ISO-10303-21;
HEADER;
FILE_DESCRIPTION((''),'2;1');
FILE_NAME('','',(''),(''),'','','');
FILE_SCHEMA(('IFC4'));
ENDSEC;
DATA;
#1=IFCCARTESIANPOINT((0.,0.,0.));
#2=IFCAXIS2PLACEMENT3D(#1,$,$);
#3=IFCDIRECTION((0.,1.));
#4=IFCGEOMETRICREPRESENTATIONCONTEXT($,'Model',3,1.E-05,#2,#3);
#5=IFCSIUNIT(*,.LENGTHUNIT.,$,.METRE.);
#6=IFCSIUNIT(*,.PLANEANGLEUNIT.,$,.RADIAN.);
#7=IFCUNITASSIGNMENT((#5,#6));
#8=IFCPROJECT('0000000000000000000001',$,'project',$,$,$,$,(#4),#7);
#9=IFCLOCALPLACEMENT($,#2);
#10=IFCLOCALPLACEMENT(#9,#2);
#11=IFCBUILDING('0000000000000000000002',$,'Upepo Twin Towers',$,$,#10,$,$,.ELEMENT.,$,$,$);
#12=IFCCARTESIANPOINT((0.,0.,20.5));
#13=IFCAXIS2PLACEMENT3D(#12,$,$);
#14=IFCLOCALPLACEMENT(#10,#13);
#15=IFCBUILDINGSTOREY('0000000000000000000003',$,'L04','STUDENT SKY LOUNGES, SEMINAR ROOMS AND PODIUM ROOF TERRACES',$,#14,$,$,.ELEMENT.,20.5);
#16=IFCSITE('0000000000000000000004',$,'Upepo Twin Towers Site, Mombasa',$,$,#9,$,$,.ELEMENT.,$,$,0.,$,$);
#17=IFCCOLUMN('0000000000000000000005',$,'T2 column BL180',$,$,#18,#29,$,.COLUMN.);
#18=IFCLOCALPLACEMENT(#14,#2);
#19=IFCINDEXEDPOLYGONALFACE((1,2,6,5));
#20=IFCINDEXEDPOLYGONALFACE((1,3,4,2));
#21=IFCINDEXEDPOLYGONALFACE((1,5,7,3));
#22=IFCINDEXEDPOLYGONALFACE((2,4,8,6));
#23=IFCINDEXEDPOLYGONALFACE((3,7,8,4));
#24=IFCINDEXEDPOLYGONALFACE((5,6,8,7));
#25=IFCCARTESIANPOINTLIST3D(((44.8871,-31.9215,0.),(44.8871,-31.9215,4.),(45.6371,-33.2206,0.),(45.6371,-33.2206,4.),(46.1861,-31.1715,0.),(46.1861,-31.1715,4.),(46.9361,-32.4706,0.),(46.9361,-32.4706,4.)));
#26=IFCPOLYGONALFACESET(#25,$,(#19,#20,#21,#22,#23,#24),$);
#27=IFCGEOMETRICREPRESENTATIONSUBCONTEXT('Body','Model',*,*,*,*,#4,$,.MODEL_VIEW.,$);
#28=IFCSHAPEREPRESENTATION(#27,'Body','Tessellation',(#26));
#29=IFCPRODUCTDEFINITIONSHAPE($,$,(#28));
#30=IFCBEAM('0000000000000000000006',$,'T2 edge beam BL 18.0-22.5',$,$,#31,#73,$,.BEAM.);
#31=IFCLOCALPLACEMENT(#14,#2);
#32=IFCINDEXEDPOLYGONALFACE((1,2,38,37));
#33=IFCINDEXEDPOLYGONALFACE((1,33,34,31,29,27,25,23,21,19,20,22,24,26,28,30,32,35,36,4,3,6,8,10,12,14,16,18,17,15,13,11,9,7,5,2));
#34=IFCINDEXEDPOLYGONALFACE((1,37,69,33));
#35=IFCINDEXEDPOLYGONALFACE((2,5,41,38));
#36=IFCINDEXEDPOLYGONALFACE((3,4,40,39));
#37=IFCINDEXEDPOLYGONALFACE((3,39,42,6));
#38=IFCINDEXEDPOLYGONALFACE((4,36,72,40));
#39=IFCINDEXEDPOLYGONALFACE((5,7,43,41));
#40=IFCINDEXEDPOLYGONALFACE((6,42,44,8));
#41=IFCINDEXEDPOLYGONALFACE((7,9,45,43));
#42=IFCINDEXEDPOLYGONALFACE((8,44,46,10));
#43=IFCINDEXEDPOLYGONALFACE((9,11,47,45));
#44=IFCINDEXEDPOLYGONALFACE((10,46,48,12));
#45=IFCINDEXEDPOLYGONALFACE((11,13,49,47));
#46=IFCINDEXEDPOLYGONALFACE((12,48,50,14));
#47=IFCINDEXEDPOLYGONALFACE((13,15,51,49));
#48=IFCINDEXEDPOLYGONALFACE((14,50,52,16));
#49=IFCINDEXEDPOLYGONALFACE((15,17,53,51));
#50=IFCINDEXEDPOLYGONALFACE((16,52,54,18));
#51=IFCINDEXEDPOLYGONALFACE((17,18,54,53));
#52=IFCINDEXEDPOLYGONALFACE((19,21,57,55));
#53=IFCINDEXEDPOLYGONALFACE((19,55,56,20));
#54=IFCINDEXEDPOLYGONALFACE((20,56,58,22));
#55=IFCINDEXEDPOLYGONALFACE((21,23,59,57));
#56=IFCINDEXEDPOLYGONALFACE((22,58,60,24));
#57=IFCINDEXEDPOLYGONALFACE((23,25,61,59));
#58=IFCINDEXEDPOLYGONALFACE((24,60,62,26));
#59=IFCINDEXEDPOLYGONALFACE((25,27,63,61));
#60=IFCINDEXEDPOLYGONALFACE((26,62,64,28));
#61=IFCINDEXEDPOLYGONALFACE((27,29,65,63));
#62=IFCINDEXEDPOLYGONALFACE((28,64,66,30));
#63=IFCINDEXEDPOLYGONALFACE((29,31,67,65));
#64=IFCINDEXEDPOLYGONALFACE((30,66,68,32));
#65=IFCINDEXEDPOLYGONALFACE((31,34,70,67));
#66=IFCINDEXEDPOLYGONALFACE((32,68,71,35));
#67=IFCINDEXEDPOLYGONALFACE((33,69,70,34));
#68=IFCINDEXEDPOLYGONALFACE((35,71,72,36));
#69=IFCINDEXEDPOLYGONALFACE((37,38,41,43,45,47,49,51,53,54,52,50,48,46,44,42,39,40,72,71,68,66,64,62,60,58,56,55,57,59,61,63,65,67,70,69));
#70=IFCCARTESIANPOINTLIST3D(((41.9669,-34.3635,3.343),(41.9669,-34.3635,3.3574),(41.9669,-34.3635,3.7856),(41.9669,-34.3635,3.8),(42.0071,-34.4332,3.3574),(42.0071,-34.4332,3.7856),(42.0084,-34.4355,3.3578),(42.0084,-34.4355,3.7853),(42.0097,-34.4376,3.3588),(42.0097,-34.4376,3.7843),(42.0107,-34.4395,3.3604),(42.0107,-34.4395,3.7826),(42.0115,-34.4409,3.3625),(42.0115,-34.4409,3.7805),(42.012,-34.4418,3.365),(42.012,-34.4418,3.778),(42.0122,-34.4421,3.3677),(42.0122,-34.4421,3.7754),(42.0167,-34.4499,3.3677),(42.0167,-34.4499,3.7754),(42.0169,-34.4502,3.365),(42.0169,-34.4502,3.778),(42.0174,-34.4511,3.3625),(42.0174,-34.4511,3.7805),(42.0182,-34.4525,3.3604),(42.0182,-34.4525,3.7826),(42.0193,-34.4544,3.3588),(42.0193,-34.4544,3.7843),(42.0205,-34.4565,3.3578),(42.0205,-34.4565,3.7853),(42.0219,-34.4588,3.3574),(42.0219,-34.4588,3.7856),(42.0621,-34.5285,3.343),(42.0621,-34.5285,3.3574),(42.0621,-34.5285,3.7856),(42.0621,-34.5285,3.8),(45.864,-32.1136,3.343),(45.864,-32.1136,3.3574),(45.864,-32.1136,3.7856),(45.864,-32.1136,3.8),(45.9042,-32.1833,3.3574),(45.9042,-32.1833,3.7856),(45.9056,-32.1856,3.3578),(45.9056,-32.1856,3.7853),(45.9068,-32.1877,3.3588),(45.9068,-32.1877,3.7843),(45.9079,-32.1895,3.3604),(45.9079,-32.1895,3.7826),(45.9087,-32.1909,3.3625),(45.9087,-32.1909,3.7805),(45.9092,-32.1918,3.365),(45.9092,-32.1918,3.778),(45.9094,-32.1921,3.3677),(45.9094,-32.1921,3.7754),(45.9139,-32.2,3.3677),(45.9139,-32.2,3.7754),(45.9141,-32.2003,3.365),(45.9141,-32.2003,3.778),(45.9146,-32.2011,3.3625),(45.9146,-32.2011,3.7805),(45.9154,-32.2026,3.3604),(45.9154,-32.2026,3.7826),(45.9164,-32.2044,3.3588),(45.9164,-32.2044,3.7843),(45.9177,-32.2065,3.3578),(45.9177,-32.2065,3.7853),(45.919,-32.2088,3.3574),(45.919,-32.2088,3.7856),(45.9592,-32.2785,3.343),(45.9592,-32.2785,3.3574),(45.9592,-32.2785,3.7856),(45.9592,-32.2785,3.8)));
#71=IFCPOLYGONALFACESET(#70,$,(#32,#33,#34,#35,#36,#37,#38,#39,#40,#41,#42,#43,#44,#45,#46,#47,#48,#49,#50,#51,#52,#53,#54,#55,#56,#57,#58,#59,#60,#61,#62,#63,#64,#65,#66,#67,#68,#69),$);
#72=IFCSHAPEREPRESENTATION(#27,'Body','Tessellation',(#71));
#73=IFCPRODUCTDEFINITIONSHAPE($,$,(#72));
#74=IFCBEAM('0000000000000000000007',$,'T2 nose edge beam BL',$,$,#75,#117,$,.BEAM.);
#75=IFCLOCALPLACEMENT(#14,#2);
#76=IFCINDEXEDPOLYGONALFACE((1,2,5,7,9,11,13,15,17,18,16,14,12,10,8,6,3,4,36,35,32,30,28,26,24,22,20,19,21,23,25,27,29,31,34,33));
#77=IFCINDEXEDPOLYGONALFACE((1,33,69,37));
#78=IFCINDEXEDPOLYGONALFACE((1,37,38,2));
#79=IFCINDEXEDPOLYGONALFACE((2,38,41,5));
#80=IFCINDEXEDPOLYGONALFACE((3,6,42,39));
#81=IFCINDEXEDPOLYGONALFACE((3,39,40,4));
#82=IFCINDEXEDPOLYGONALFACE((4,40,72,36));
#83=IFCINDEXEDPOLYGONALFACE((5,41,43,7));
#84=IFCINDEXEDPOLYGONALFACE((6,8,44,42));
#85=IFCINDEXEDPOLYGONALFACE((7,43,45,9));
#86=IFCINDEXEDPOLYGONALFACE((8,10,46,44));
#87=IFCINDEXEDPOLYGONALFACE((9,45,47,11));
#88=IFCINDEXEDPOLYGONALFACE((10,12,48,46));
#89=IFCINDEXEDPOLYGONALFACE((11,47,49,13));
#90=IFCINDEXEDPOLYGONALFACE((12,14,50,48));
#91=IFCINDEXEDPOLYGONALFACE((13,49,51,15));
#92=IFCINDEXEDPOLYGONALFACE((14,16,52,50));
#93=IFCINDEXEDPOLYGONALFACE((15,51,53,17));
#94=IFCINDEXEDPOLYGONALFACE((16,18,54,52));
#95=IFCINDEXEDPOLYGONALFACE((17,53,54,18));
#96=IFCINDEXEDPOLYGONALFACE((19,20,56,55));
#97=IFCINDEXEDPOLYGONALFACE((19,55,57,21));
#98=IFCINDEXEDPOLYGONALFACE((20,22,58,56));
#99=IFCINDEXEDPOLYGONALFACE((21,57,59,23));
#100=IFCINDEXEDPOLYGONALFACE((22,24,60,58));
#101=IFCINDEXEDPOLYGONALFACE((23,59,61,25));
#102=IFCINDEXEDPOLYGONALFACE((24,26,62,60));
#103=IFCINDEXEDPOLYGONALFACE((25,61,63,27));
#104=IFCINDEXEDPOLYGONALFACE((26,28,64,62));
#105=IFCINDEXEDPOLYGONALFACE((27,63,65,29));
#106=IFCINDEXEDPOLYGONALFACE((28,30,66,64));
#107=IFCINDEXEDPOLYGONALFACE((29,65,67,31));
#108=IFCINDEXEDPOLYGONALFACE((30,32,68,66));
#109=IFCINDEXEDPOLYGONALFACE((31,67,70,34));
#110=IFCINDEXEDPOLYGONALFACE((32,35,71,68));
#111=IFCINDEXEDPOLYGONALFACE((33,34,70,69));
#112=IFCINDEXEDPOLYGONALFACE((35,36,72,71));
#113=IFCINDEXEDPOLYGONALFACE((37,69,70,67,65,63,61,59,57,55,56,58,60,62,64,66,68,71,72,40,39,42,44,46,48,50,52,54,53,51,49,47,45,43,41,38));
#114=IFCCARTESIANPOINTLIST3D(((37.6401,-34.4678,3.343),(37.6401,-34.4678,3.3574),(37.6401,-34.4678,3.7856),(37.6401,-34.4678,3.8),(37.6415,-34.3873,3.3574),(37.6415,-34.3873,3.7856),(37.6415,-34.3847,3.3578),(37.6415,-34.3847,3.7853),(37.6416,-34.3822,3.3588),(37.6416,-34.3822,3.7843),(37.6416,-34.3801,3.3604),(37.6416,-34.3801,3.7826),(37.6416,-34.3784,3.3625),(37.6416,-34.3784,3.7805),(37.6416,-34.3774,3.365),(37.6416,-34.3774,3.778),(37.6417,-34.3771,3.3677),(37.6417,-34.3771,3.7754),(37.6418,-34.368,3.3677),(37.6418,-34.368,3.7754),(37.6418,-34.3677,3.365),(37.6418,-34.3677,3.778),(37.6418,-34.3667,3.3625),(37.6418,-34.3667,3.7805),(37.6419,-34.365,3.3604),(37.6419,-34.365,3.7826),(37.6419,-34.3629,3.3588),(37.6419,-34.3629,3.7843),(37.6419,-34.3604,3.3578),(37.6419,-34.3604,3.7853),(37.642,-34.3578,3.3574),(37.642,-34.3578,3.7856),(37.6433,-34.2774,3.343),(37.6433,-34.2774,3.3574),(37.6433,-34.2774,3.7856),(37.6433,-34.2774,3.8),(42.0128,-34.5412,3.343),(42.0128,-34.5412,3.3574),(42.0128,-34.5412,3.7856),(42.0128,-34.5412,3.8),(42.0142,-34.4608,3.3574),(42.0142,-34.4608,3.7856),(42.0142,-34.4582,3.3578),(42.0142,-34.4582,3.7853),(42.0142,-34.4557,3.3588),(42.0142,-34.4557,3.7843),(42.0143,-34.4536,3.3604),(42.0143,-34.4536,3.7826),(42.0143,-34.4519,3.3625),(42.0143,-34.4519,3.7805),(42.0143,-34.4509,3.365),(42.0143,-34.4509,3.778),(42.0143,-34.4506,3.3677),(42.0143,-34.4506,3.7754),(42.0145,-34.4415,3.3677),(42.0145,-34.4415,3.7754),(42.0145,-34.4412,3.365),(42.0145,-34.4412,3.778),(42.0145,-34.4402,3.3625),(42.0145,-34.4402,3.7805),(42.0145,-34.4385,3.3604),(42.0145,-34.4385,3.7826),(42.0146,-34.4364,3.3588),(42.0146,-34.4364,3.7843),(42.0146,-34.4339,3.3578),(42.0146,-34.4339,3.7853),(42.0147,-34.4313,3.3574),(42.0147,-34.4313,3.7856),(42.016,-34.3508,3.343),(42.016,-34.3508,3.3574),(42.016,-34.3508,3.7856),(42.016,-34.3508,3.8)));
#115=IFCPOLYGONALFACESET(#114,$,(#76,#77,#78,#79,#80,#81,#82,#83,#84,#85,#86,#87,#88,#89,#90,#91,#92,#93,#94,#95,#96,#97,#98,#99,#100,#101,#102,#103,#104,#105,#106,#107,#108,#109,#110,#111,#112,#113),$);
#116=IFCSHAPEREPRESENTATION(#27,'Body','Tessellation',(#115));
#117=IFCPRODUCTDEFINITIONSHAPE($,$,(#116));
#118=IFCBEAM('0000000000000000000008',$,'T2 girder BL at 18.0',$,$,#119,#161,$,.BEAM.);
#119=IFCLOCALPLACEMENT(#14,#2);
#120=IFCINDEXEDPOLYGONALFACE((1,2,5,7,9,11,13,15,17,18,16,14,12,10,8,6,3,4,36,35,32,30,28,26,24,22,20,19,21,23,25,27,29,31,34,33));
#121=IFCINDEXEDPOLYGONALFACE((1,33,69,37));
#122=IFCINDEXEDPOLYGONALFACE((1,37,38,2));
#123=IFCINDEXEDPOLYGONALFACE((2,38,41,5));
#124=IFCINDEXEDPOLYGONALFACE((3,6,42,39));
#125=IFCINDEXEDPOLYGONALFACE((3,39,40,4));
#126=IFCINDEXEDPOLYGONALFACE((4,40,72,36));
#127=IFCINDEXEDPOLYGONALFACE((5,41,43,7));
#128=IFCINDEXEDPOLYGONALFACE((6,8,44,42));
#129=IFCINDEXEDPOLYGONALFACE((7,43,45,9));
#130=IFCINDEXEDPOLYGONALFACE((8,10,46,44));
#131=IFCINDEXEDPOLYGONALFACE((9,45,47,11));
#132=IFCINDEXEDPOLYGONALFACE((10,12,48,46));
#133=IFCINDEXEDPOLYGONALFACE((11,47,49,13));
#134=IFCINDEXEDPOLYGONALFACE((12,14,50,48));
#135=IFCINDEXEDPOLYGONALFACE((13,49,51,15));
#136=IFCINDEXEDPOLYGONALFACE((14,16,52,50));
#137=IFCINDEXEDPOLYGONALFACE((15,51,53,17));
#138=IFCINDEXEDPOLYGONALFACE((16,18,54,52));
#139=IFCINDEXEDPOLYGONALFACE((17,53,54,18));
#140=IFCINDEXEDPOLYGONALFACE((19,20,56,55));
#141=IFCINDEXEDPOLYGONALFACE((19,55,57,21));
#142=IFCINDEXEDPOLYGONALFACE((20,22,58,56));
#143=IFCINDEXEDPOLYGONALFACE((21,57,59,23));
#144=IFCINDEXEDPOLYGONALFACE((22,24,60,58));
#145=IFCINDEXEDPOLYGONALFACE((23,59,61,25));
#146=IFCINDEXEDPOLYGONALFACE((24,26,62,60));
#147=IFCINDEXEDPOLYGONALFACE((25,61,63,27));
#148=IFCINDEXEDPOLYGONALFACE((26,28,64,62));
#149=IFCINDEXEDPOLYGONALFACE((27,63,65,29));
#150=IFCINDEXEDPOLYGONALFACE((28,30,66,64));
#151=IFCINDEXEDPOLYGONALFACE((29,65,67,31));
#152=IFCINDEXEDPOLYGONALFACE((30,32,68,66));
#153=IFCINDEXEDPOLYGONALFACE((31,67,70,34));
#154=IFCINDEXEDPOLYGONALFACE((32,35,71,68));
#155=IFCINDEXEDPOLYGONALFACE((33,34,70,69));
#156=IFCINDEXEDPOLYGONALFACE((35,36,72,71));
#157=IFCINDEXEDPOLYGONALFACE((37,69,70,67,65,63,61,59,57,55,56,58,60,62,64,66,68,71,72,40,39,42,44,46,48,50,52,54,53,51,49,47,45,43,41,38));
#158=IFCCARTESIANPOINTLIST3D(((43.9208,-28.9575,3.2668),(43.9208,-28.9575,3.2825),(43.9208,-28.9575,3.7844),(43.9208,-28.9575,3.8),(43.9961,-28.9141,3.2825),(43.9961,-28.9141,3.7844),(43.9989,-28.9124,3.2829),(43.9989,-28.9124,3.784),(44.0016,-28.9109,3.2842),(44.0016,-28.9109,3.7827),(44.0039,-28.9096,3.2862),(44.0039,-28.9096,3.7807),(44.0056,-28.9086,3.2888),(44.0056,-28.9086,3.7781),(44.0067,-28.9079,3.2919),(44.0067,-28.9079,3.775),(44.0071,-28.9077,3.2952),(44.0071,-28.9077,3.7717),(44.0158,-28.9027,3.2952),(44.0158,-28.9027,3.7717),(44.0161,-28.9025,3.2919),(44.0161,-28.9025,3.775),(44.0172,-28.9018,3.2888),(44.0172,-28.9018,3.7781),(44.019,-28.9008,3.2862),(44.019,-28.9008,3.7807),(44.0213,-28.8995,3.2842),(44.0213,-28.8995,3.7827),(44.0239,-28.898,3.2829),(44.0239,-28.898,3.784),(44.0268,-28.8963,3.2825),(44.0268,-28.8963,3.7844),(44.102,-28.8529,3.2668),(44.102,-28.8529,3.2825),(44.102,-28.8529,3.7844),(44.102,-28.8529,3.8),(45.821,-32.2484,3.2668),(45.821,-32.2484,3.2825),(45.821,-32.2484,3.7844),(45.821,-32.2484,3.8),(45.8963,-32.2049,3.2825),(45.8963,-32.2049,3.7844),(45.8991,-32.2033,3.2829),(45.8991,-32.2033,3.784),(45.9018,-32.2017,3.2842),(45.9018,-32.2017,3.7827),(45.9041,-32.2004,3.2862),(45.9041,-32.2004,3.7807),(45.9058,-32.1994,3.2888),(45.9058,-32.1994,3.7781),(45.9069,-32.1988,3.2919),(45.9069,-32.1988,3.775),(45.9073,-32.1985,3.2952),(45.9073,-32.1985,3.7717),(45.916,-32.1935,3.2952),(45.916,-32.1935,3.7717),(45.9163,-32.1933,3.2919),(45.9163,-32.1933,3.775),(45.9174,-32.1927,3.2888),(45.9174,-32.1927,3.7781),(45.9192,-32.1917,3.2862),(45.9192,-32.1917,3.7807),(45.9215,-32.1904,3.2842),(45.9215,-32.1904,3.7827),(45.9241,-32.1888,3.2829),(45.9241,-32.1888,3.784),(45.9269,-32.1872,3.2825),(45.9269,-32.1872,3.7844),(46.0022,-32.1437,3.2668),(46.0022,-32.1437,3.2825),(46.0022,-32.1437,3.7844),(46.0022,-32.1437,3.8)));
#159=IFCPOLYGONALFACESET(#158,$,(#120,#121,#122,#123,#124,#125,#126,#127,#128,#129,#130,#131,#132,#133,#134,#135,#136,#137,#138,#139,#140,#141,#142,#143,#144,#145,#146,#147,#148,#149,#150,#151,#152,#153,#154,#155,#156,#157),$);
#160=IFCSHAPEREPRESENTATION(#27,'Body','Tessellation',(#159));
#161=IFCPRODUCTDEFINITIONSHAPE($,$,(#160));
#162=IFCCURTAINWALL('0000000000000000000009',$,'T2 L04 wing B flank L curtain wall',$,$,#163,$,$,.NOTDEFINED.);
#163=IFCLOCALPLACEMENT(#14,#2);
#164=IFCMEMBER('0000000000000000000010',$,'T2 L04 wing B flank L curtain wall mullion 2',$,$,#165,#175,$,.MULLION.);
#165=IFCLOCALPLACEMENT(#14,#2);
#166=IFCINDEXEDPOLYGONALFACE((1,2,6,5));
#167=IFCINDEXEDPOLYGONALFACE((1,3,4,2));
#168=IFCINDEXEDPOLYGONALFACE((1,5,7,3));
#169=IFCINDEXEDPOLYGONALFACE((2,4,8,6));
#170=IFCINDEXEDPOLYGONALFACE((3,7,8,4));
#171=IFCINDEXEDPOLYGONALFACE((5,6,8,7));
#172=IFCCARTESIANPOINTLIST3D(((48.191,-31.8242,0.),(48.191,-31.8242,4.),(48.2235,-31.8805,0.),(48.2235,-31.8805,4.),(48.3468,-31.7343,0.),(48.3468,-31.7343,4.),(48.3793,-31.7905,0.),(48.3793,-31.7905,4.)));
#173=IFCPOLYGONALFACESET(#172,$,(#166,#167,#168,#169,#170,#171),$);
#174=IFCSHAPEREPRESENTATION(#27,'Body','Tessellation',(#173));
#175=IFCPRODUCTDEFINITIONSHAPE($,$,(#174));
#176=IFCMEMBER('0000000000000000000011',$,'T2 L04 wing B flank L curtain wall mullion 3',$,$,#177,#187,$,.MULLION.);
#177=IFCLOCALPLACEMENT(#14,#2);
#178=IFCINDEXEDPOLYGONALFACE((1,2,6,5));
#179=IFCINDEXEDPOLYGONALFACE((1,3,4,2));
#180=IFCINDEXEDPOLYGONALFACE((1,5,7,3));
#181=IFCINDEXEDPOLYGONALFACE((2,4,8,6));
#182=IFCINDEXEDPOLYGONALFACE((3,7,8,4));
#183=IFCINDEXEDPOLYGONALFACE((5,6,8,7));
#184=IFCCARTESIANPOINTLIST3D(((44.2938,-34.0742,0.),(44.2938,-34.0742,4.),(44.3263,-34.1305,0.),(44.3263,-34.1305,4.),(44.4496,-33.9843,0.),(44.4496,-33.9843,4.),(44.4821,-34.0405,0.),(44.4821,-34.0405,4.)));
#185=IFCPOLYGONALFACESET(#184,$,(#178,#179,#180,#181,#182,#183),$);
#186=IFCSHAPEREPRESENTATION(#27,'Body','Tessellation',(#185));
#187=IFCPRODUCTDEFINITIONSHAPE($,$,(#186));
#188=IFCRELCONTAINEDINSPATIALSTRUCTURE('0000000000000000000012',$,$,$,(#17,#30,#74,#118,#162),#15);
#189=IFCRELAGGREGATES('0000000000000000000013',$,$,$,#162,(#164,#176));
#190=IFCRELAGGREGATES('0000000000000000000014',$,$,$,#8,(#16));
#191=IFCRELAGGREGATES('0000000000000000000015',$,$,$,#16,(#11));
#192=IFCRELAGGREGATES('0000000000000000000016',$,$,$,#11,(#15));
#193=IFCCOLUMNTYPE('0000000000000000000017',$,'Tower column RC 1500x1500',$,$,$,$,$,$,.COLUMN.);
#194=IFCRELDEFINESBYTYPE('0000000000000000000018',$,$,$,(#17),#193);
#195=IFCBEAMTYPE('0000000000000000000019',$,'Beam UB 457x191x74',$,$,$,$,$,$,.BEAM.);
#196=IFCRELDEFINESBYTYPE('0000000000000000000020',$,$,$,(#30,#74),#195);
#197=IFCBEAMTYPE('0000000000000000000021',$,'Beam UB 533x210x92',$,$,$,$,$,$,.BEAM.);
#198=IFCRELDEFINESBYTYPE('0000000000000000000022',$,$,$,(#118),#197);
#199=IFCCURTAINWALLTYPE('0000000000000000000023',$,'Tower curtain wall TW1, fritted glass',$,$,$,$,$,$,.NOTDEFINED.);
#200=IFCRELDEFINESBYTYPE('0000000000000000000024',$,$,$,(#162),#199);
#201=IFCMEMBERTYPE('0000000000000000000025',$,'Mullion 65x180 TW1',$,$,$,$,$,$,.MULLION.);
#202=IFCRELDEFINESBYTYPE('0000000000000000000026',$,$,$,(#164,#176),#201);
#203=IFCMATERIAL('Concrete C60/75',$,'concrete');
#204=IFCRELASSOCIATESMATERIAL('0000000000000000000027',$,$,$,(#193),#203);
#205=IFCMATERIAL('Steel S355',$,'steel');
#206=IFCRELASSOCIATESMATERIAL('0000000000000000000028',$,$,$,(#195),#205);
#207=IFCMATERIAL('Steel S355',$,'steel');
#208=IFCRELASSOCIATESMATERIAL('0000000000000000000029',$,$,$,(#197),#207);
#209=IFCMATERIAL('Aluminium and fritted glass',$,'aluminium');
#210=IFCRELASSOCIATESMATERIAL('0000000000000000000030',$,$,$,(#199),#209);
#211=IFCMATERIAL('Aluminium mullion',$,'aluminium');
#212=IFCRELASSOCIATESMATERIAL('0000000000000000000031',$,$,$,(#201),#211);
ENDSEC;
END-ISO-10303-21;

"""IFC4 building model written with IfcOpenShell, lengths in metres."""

from ifc_helpers import new_model, si_unit, direction, frame, origin, origin_2d, place, context, subcontext, project, spatial, rectangle, i_section, extrude, material, material_profile, profile_set, type_object, element, aggregate, save


model = new_model("IFC4")

# Units and contexts
model_context = context("Model", 3, precision=1e-05, world=origin(), true_north=direction((0.0, 1.0)))
body_context = subcontext(model_context, "Body", "Model", "MODEL_VIEW")
ifc_project = project(units=[si_unit("LENGTHUNIT", "METRE"), si_unit("PLANEANGLEUNIT", "RADIAN")], contexts=[model_context])

# Site, building, storey
site_placement = place(None, origin())
site = spatial("IfcSite", under=ifc_project, at=site_placement, Name="Upepo Twin Towers Site, Mombasa", CompositionType="ELEMENT", RefElevation=0.0)
building_placement = place(site_placement, origin())
building = spatial("IfcBuilding", under=site, at=building_placement, Name="Upepo Twin Towers", CompositionType="ELEMENT")
storey_placement = place(building_placement, frame((0.0, 0.0, 20.5)))
storey = spatial("IfcBuildingStorey", under=building, at=storey_placement, Name="L04", Description="STUDENT SKY LOUNGES, SEMINAR ROOMS AND PODIUM ROOF TERRACES", CompositionType="ELEMENT", Elevation=20.5)

# Column
ifc_material_1 = material(Name="Concrete C60/75", Category="concrete")
ifc_material_profile_1 = material_profile(ifc_material_1, rectangle(XDim=1.5, YDim=1.5, at=origin_2d()), Name="RC 1500x1500")
ifc_profile_set_1 = profile_set([ifc_material_profile_1], Name="Concrete C60/75")
column_type = type_object("IfcColumnType", Name="Tower column RC 1500x1500", PredefinedType="COLUMN", material=ifc_profile_set_1)
column_placement = place(storey_placement, frame((45.9116, -32.196, 0.0), z_axis=(0.0, 0.0, 1.0), x_axis=(0.866025, 0.5, 0.0)))
element("IfcColumn", 1, at=column_placement, inside=storey, type_object=column_type, Name="T2 column BL180", PredefinedType="COLUMN", context=body_context, shape_type="SweptSolid", body=[
    extrude(rectangle(XDim=1.5, YDim=1.5, at=origin_2d()), origin(), (0.0, 0.0, 1.0), 4.0),
])

# Beams
ifc_material_2 = material(Name="Steel S355", Category="steel")
ifc_material_profile_2 = material_profile(ifc_material_2, i_section(OverallWidth=0.1904, OverallDepth=0.457, WebThickness=0.009, FlangeThickness=0.0144, FilletRadius=0.0103, at=origin_2d()), Name="UB 457x191x74")
ifc_profile_set_2 = profile_set([ifc_material_profile_2], Name="Steel S355")
beam_type_1 = type_object("IfcBeamType", Name="Beam UB 457x191x74", PredefinedType="BEAM", material=ifc_profile_set_2)
beam_1_placement = place(storey_placement, frame((45.9116, -32.196, 3.5715), z_axis=(-0.866031, -0.49999, 0.0), x_axis=(0.49999, -0.866031, 0.0)))
element("IfcBeam", 2, at=beam_1_placement, inside=storey, type_object=beam_type_1, Name="T2 edge beam BL 18.0-22.5", PredefinedType="BEAM", context=body_context, shape_type="SweptSolid", body=[
    extrude(i_section(OverallWidth=0.1904, OverallDepth=0.457, WebThickness=0.009, FlangeThickness=0.0144, FilletRadius=0.0103, at=origin_2d()), origin(), (0.0, 0.0, 1.0), 4.5),
])
beam_2_placement = place(storey_placement, frame((42.0144, -34.446, 3.5715), z_axis=(-0.999859, 0.016804, 0.0), x_axis=(-0.016804, -0.999859, 0.0)))
element("IfcBeam", 3, at=beam_2_placement, inside=storey, type_object=beam_type_1, Name="T2 nose edge beam BL", PredefinedType="BEAM", context=body_context, shape_type="SweptSolid", body=[
    extrude(i_section(OverallWidth=0.1904, OverallDepth=0.457, WebThickness=0.009, FlangeThickness=0.0144, FilletRadius=0.0103, at=origin_2d()), origin(), (0.0, 0.0, 1.0), 4.3733),
])
ifc_material_3 = material(Name="Steel S355", Category="steel")
ifc_material_profile_3 = material_profile(ifc_material_3, i_section(OverallWidth=0.2092, OverallDepth=0.5332, WebThickness=0.01, FlangeThickness=0.0156, FilletRadius=0.0127, at=origin_2d()), Name="UB 533x210x92")
ifc_profile_set_3 = profile_set([ifc_material_profile_3], Name="Steel S355")
beam_type_2 = type_object("IfcBeamType", Name="Beam UB 533x210x92", PredefinedType="BEAM", material=ifc_profile_set_3)
beam_3_placement = place(storey_placement, frame((45.9116, -32.196, 3.5334), z_axis=(-0.500043, 0.866, 0.0), x_axis=(-0.866, -0.500043, 0.0)))
element("IfcBeam", 4, at=beam_3_placement, inside=storey, type_object=beam_type_2, Name="T2 girder BL at 18.0", PredefinedType="BEAM", context=body_context, shape_type="SweptSolid", body=[
    extrude(i_section(OverallWidth=0.2092, OverallDepth=0.5332, WebThickness=0.01, FlangeThickness=0.0156, FilletRadius=0.0127, at=origin_2d()), origin(), (0.0, 0.0, 1.0), 3.8),
])

# Curtain wall, members
ifc_material_4 = material(Name="Aluminium and fritted glass", Category="aluminium")
curtain_wall_type = type_object("IfcCurtainWallType", Name="Tower curtain wall TW1, fritted glass", PredefinedType="NOTDEFINED", material=ifc_material_4)
curtain_wall_placement = place(storey_placement, origin())
curtain_wall = element("IfcCurtainWall", 5, at=curtain_wall_placement, inside=storey, type_object=curtain_wall_type, Name="T2 L04 wing B flank L curtain wall", PredefinedType="NOTDEFINED")
ifc_material_5 = material(Name="Aluminium mullion", Category="aluminium")
ifc_material_profile_4 = material_profile(ifc_material_5, rectangle(XDim=0.0649, YDim=0.1799, at=origin_2d()), Name="MULLION 65x180")
ifc_profile_set_4 = profile_set([ifc_material_profile_4], Name="Aluminium mullion")
member_type_1 = type_object("IfcMemberType", Name="Mullion 65x180 TW1", PredefinedType="MULLION", material=ifc_profile_set_4)
member_1_placement = place(storey_placement, frame((48.2852, -31.8074, 0.0), z_axis=(0.0, 0.0, 1.0), x_axis=(0.5, -0.866025, 0.0)))
member_1 = element("IfcMember", 6, at=member_1_placement, type_object=member_type_1, Name="T2 L04 wing B flank L curtain wall mullion 2", PredefinedType="MULLION", context=body_context, shape_type="SweptSolid", body=[
    extrude(rectangle(XDim=0.0649, YDim=0.1799, at=origin_2d()), origin(), (0.0, 0.0, 1.0), 4.0),
])
member_2_placement = place(storey_placement, frame((44.3879, -34.0574, 0.0), z_axis=(0.0, 0.0, 1.0), x_axis=(0.5, -0.866025, 0.0)))
member_2 = element("IfcMember", 7, at=member_2_placement, type_object=member_type_1, Name="T2 L04 wing B flank L curtain wall mullion 3", PredefinedType="MULLION", context=body_context, shape_type="SweptSolid", body=[
    extrude(rectangle(XDim=0.0649, YDim=0.1799, at=origin_2d()), origin(), (0.0, 0.0, 1.0), 4.0),
])
aggregate(curtain_wall, [member_1, member_2])

save(model, "model.ifc")
